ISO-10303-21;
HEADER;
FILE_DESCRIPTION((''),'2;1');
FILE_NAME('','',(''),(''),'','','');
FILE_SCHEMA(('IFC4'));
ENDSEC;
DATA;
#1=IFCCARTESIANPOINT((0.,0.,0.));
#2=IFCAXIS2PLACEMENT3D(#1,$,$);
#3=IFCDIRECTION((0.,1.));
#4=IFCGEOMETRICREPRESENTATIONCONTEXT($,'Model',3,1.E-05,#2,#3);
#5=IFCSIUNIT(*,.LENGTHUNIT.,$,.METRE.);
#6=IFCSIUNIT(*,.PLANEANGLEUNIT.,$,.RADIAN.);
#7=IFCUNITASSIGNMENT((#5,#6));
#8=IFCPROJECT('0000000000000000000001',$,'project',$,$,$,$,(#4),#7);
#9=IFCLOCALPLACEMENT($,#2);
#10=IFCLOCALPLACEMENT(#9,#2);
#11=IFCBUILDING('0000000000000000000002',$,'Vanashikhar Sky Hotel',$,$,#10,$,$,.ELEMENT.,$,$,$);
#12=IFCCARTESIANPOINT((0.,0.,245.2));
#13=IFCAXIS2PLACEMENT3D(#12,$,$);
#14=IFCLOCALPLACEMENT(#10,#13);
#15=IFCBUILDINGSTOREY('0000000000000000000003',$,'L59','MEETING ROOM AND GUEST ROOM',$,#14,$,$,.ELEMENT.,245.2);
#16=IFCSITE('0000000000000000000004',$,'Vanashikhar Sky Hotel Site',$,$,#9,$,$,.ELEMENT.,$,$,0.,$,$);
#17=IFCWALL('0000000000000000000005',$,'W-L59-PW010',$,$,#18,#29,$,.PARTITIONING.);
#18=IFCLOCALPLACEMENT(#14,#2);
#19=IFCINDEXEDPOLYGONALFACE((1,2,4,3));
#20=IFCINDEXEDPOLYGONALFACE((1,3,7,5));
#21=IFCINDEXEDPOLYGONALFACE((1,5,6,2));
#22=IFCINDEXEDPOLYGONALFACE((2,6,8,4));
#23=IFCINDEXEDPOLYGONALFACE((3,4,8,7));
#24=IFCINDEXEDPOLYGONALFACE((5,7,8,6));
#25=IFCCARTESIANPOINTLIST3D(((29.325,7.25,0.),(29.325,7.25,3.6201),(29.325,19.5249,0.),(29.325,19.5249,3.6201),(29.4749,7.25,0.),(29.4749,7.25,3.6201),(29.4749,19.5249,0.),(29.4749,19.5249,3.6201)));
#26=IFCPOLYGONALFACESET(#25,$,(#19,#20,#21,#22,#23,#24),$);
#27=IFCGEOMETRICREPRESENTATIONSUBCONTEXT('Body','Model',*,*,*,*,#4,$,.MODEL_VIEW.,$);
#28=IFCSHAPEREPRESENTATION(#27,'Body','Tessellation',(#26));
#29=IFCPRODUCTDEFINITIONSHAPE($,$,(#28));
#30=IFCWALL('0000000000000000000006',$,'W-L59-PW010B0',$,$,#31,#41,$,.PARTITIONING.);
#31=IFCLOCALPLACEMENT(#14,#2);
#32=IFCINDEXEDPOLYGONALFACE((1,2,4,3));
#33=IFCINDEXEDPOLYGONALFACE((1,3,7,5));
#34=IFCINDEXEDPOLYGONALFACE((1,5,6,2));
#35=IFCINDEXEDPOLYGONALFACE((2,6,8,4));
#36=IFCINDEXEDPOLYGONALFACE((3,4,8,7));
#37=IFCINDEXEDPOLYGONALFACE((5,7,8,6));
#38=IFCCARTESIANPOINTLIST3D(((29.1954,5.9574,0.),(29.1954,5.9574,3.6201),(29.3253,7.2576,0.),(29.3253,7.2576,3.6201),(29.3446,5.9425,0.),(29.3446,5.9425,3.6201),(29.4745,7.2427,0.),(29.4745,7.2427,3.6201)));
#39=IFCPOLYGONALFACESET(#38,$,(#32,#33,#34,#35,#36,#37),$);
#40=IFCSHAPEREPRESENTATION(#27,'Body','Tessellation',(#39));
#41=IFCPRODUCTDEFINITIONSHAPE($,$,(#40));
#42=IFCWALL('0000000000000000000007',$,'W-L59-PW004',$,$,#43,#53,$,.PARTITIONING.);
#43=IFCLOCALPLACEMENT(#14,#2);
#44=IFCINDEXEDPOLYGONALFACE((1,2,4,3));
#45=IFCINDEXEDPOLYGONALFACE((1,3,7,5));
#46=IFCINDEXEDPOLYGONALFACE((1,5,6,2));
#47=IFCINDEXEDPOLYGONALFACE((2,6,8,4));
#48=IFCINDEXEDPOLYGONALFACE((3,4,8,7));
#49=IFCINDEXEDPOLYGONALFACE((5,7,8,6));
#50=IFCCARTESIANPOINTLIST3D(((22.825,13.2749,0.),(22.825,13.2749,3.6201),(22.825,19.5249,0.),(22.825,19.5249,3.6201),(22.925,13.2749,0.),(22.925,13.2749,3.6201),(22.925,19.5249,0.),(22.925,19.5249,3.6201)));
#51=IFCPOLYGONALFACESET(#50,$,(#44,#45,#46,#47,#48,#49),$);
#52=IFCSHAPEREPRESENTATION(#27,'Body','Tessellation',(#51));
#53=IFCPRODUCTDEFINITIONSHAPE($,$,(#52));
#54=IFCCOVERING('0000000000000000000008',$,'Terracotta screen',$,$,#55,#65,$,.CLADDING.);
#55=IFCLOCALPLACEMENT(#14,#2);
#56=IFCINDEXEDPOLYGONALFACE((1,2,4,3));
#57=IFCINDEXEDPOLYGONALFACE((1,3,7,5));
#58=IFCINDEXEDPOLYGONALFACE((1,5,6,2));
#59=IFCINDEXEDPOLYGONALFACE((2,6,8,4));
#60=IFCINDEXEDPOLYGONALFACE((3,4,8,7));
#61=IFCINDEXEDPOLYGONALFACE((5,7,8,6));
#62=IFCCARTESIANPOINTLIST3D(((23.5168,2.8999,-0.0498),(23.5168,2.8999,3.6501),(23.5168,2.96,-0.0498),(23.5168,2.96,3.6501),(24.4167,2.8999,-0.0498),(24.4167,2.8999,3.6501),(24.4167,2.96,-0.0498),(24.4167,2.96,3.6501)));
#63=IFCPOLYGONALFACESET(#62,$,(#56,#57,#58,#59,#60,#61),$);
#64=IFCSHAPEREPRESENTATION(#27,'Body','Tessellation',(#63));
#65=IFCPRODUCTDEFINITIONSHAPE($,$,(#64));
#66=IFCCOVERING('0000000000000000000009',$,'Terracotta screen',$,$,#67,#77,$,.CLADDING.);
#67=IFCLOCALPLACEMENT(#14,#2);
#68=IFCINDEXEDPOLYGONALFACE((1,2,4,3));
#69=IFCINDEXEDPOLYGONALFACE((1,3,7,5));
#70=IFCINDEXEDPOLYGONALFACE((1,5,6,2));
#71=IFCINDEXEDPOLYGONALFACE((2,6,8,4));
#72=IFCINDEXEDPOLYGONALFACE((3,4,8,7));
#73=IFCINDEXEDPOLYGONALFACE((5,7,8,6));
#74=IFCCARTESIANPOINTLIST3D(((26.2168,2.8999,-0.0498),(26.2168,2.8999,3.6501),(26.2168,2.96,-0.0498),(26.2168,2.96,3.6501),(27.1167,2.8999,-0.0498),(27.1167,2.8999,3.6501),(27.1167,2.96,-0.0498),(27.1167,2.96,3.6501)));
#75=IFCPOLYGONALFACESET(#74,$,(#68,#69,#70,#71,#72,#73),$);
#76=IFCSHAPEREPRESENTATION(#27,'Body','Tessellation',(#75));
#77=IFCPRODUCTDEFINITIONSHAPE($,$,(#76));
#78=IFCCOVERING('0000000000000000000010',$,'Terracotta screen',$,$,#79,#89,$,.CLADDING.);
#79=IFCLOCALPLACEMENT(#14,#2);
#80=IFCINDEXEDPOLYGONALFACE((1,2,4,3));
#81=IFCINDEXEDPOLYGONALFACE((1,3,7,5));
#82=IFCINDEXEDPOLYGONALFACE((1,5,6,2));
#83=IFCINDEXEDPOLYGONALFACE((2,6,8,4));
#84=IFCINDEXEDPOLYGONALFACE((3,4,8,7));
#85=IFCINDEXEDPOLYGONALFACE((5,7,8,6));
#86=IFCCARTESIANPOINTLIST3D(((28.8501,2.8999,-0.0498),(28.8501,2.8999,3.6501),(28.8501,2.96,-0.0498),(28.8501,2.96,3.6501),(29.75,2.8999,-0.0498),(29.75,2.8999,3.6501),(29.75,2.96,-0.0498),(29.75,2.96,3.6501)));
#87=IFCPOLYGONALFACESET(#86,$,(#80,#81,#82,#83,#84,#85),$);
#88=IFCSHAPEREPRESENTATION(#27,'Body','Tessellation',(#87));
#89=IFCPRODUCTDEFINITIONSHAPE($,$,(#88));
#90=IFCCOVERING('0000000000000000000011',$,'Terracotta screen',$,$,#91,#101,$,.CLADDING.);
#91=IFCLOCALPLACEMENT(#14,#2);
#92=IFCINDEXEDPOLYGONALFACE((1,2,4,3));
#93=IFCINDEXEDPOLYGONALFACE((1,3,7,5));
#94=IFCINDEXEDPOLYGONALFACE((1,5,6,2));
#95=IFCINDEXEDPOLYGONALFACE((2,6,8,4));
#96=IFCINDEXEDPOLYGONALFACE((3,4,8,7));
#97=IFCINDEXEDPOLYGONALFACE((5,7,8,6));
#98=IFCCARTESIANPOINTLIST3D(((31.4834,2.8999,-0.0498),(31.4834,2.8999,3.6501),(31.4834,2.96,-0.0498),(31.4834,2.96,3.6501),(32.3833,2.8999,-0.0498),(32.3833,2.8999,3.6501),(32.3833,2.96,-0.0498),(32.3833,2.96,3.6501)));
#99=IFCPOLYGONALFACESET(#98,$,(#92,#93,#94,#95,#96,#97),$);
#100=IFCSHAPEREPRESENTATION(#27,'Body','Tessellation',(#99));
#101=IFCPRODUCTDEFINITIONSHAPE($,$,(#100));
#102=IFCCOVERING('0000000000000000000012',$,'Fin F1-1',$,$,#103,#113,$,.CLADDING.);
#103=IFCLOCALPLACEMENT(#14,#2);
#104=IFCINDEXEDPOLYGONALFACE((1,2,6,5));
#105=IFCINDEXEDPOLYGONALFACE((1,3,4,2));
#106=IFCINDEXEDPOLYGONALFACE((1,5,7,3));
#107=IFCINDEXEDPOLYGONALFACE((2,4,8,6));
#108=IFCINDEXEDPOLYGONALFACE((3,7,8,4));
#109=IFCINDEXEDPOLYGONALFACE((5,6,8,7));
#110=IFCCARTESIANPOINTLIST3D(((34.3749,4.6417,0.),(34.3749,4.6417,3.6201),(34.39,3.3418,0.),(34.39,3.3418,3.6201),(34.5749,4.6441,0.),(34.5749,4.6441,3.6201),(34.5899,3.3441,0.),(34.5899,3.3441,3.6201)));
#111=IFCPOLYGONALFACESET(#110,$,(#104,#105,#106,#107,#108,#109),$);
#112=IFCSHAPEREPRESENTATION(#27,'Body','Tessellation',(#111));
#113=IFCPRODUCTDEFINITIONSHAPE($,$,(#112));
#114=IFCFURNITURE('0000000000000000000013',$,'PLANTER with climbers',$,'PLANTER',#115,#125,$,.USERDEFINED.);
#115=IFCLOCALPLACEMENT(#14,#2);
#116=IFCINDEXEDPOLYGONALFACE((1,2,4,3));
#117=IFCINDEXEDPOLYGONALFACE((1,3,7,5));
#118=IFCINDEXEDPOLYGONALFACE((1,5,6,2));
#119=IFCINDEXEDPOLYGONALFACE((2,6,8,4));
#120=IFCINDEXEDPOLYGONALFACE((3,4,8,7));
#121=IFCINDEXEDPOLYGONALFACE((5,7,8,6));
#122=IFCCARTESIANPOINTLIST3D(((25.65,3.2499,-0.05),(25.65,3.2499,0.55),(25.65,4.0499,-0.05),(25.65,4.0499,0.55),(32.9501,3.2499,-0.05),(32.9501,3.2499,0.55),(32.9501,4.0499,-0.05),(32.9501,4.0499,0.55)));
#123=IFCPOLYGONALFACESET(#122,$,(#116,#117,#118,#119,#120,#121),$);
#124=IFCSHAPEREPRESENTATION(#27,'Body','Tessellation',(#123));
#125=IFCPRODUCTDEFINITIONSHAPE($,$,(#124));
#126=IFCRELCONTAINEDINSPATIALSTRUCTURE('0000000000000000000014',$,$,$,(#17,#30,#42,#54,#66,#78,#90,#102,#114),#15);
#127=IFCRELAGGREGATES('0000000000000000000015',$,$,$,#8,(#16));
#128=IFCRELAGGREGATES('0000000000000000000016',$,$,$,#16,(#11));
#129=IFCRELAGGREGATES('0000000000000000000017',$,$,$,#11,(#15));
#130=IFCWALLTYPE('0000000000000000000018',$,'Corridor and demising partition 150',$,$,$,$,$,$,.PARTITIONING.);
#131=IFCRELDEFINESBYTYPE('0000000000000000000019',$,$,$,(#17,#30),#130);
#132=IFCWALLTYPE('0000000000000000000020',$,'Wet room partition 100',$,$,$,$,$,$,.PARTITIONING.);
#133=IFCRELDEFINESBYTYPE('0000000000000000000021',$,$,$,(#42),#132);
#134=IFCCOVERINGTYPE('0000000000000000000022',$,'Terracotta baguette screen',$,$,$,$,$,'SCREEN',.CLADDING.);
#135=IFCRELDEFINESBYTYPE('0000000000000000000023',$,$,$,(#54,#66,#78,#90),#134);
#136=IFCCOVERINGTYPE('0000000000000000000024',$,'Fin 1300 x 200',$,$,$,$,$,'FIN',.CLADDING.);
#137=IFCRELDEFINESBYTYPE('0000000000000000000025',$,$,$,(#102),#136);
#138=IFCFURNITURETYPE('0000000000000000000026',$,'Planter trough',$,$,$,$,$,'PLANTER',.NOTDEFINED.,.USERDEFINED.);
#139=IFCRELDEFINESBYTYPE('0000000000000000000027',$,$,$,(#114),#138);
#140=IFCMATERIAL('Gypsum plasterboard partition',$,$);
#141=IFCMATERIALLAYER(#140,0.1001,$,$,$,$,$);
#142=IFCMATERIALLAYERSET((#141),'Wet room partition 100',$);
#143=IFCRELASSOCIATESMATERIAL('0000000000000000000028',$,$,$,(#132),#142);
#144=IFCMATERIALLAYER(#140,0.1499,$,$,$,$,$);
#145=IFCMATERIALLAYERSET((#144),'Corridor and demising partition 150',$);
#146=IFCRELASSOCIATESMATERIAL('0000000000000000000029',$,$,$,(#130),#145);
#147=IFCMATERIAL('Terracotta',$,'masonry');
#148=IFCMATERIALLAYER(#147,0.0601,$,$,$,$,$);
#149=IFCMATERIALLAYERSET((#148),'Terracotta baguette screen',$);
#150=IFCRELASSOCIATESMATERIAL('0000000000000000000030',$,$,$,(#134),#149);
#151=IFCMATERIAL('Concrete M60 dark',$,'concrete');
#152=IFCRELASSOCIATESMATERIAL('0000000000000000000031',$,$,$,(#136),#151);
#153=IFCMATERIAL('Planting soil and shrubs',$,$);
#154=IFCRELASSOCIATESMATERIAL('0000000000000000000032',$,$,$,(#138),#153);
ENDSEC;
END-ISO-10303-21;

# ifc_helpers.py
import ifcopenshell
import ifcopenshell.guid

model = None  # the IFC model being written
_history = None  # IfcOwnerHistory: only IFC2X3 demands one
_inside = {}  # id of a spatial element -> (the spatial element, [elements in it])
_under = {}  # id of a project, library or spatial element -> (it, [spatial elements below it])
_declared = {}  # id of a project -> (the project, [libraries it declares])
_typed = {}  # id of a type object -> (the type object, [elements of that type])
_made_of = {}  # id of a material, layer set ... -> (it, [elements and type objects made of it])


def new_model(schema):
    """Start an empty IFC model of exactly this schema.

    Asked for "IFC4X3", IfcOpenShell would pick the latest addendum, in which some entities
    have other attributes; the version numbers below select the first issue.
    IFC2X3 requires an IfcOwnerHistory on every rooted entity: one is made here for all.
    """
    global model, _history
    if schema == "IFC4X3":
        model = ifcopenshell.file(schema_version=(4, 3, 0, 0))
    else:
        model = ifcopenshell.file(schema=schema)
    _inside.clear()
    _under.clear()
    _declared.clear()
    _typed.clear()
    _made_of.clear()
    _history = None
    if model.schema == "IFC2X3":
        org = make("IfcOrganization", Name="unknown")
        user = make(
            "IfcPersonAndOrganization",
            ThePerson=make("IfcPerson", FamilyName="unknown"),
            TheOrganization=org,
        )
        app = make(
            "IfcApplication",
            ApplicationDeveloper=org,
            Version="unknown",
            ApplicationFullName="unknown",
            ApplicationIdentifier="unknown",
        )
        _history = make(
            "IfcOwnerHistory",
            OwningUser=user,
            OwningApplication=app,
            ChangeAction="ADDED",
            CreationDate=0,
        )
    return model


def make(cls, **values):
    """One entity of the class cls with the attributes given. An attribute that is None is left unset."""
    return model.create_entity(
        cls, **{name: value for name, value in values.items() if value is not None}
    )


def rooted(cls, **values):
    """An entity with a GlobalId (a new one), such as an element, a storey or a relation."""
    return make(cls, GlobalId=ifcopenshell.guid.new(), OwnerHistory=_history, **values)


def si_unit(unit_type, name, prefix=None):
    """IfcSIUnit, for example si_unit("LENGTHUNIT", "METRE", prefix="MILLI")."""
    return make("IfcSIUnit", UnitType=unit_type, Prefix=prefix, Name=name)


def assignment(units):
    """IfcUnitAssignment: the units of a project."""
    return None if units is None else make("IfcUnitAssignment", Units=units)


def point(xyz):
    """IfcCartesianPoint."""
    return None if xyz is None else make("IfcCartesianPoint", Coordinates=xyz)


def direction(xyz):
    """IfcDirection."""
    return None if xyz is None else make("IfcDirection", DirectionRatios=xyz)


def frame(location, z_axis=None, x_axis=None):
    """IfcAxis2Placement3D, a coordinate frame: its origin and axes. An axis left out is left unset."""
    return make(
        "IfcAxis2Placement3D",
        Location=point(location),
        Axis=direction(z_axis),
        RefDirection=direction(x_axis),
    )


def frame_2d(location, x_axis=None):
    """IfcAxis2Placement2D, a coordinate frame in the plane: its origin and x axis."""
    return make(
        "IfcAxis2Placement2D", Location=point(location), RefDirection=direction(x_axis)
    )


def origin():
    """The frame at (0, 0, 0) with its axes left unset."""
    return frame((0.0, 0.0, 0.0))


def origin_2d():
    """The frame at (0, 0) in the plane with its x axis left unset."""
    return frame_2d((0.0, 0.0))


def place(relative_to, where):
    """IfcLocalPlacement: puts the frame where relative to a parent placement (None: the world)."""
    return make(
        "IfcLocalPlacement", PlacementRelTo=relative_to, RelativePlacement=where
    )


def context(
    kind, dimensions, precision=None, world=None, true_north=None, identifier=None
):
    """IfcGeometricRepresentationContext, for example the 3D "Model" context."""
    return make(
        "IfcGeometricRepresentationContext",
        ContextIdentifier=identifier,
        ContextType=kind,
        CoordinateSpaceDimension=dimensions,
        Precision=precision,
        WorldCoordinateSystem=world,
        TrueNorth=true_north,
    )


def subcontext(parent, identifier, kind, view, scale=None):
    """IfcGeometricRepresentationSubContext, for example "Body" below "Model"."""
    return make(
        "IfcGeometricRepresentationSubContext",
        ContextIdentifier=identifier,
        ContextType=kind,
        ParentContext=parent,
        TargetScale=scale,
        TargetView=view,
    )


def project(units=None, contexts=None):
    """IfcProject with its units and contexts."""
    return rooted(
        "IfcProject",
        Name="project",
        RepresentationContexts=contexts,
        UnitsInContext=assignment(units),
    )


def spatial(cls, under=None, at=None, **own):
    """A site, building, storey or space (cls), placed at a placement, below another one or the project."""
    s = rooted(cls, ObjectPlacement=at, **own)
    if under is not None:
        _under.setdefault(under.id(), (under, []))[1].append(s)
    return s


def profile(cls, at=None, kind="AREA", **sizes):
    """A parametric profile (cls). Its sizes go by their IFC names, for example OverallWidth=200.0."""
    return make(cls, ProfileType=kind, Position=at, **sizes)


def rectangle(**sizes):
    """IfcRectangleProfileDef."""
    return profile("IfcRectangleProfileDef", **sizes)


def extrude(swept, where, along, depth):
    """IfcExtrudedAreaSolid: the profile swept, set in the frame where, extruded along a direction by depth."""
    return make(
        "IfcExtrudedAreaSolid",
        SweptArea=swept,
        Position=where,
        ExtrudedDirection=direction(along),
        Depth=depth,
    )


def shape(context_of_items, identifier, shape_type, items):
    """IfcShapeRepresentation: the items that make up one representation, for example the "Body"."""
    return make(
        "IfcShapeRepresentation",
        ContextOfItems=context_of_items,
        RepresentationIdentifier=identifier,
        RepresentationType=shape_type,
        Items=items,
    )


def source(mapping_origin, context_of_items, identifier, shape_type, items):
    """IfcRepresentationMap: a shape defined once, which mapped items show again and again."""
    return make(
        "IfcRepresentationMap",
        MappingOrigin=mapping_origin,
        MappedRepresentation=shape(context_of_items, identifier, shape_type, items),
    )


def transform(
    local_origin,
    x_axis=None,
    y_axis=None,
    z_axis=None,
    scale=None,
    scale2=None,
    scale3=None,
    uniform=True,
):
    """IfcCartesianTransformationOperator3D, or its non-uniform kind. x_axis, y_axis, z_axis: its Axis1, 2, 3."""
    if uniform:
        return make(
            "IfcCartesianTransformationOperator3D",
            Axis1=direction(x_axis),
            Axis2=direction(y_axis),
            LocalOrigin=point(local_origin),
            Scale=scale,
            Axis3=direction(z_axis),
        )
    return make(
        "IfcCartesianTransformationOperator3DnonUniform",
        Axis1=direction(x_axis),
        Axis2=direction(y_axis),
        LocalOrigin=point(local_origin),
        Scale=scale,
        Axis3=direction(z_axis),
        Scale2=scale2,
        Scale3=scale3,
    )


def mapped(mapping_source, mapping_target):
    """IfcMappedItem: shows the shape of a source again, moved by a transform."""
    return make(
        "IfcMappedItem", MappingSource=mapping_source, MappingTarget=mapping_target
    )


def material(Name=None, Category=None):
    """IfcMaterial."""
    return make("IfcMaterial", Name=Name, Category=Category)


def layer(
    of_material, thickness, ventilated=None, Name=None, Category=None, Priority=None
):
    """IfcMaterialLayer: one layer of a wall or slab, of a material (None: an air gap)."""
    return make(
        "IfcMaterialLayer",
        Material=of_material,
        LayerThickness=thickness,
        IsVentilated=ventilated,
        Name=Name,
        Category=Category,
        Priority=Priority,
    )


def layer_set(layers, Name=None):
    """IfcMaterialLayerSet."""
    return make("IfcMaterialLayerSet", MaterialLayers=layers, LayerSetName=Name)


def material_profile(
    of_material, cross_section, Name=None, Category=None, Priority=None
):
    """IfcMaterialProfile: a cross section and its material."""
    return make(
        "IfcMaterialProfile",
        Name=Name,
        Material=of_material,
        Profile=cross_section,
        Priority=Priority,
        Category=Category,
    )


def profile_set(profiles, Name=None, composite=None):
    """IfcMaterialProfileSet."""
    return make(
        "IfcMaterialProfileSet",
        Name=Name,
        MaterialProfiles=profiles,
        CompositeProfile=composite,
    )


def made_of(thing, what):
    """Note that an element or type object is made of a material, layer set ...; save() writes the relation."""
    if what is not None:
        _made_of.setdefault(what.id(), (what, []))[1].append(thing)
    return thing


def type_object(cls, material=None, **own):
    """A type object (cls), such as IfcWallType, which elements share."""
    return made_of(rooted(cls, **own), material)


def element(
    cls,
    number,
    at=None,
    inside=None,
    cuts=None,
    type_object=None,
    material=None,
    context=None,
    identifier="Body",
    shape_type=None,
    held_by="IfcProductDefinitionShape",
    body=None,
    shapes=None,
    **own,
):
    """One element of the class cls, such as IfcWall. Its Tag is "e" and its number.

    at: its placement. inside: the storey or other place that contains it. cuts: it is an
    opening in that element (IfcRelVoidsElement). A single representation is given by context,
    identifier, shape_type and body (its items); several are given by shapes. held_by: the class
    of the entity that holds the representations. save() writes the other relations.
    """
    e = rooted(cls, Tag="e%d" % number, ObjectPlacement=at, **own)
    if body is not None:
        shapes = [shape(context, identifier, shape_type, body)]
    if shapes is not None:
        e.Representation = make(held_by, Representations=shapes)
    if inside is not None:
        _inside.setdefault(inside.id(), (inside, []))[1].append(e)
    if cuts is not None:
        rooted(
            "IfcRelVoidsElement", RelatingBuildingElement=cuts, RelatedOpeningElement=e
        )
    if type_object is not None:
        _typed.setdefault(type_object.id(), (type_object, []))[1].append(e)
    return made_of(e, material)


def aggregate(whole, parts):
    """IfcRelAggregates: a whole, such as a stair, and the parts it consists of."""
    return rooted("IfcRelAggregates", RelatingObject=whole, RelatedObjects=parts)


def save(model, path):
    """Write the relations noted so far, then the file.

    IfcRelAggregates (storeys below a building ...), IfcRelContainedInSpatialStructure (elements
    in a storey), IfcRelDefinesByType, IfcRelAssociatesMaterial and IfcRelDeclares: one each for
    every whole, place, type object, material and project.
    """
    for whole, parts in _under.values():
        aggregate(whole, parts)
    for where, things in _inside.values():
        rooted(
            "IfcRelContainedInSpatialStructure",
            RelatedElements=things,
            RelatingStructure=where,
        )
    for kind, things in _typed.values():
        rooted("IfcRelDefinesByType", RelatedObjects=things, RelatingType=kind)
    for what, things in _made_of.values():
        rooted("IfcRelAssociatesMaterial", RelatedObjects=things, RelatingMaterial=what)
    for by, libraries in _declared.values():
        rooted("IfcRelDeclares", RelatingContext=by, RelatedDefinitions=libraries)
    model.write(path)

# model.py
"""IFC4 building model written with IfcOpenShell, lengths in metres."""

from ifc_helpers import new_model, si_unit, direction, frame, frame_2d, origin, origin_2d, place, context, subcontext, project, spatial, rectangle, extrude, source, transform, mapped, material, layer, layer_set, material_profile, profile_set, type_object, element, save


model = new_model("IFC4")

# Units and contexts
model_context = context("Model", 3, precision=1e-05, world=origin(), true_north=direction((0.0, 1.0)))
body_context = subcontext(model_context, "Body", "Model", "MODEL_VIEW")
ifc_project = project(units=[si_unit("LENGTHUNIT", "METRE"), si_unit("PLANEANGLEUNIT", "RADIAN")], contexts=[model_context])

# Site, building, storey
site_placement = place(None, origin())
site = spatial("IfcSite", under=ifc_project, at=site_placement, Name="Vanashikhar Sky Hotel Site", CompositionType="ELEMENT", RefElevation=0.0)
building_placement = place(site_placement, origin())
building = spatial("IfcBuilding", under=site, at=building_placement, Name="Vanashikhar Sky Hotel", CompositionType="ELEMENT")
storey_placement = place(building_placement, frame((0.0, 0.0, 245.2)))
storey = spatial("IfcBuildingStorey", under=building, at=storey_placement, Name="L59", Description="MEETING ROOM AND GUEST ROOM", CompositionType="ELEMENT", Elevation=245.2)

# Shared definitions
ifc_material_1 = material(Name="Gypsum plasterboard partition")
ifc_layer_1 = layer(ifc_material_1, 0.1001)
ifc_layer_set_1 = layer_set([ifc_layer_1], Name="Wet room partition 100")
wall_type_1 = type_object("IfcWallType", Name="Wet room partition 100", PredefinedType="PARTITIONING", material=ifc_layer_set_1)

# Walls
ifc_layer_2 = layer(ifc_material_1, 0.1499)
ifc_layer_set_2 = layer_set([ifc_layer_2], Name="Corridor and demising partition 150")
wall_type_2 = type_object("IfcWallType", Name="Corridor and demising partition 150", PredefinedType="PARTITIONING", material=ifc_layer_set_2)
shared_shape_1 = source(origin(), body_context, "Body", "SweptSolid", [
    extrude(rectangle(XDim=12.2749, YDim=0.1499, at=frame_2d((6.1375, 0.0))), origin(), (0.0, 0.0, 1.0), 3.6201),
])
wall_1_placement = place(storey_placement, frame((29.3999, 7.25, 0.0), z_axis=(0.0, 0.0, 1.0), x_axis=(0.0, 1.0, 0.0)))
element("IfcWall", 1, at=wall_1_placement, inside=storey, type_object=wall_type_2, Name="W-L59-PW010", PredefinedType="PARTITIONING", context=body_context, shape_type="MappedRepresentation", body=[
    mapped(shared_shape_1, transform((0.0, 0.0, 0.0), scale=1.0)),
])
shared_shape_2 = source(origin(), body_context, "Body", "SweptSolid", [
    extrude(rectangle(XDim=1.3066, YDim=0.1499, at=frame_2d((0.6533, 0.0))), origin(), (0.0, 0.0, 1.0), 3.6201),
])
wall_2_placement = place(storey_placement, frame((29.27, 5.95, 0.0), z_axis=(0.0, 0.0, 1.0), x_axis=(0.099411, 0.995046, 0.0)))
element("IfcWall", 2, at=wall_2_placement, inside=storey, type_object=wall_type_2, Name="W-L59-PW010B0", PredefinedType="PARTITIONING", context=body_context, shape_type="MappedRepresentation", body=[
    mapped(shared_shape_2, transform((0.0, 0.0, 0.0), scale=1.0)),
])
shared_shape_3 = source(origin(), body_context, "Body", "SweptSolid", [
    extrude(rectangle(XDim=6.25, YDim=0.1001, at=frame_2d((3.125, 0.0))), origin(), (0.0, 0.0, 1.0), 3.6201),
])
wall_3_placement = place(storey_placement, frame((22.875, 13.2749, 0.0), z_axis=(0.0, 0.0, 1.0), x_axis=(0.0, 1.0, 0.0)))
element("IfcWall", 3, at=wall_3_placement, inside=storey, type_object=wall_type_1, Name="W-L59-PW004", PredefinedType="PARTITIONING", context=body_context, shape_type="MappedRepresentation", body=[
    mapped(shared_shape_3, transform((0.0, 0.0, 0.0), scale=1.0)),
])

# Coverings
ifc_material_2 = material(Name="Terracotta", Category="masonry")
ifc_layer_3 = layer(ifc_material_2, 0.0601)
ifc_layer_set_3 = layer_set([ifc_layer_3], Name="Terracotta baguette screen")
covering_type_1 = type_object("IfcCoveringType", Name="Terracotta baguette screen", ElementType="SCREEN", PredefinedType="CLADDING", material=ifc_layer_set_3)
shared_shape_4 = source(origin(), body_context, "Body", "SweptSolid", [
    extrude(rectangle(XDim=0.8999, YDim=0.0601, at=origin_2d()), origin(), (0.0, 0.0, 1.0), 3.7),
])
for number, where, z_axis, x_axis, name in (
    (4, (23.9668, 2.9299, -0.0498), (0.0, 0.0, 1.0), (1.0, 0.0, 0.0), "Terracotta screen"),
    (5, (26.6667, 2.9299, -0.0498), (0.0, 0.0, 1.0), (1.0, 0.0, 0.0), "Terracotta screen"),
    (6, (29.3, 2.9299, -0.0498), (0.0, 0.0, 1.0), (1.0, 0.0, 0.0), "Terracotta screen"),
    (7, (31.9333, 2.9299, -0.0498), (0.0, 0.0, 1.0), (1.0, 0.0, 0.0), "Terracotta screen"),
):
    element("IfcCovering", number, at=place(storey_placement, frame(where, z_axis=z_axis, x_axis=x_axis)), inside=storey, type_object=covering_type_1, Name=name, PredefinedType="CLADDING", context=body_context, shape_type="MappedRepresentation", body=[
        mapped(shared_shape_4, transform((0.0, 0.0, 0.0), scale=1.0)),
    ])
ifc_material_3 = material(Name="Concrete M60 dark", Category="concrete")
ifc_material_profile_1 = material_profile(ifc_material_3, rectangle(XDim=1.3, YDim=0.2, at=origin_2d()))
ifc_profile_set_1 = profile_set([ifc_material_profile_1], Name="Fin 1300 x 200")
covering_type_2 = type_object("IfcCoveringType", Name="Fin 1300 x 200", ElementType="FIN", PredefinedType="CLADDING", material=ifc_profile_set_1)
shared_shape_5 = source(origin(), body_context, "Body", "SweptSolid", [
    extrude(rectangle(XDim=1.3, YDim=0.2, at=origin_2d()), origin(), (0.0, 0.0, 1.0), 3.6201),
])
covering_placement = place(storey_placement, frame((34.4824, 3.9929, 0.0), z_axis=(0.0, 0.0, 1.0), x_axis=(0.011589, -0.999933, 0.0)))
element("IfcCovering", 8, at=covering_placement, inside=storey, type_object=covering_type_2, Name="Fin F1-1", PredefinedType="CLADDING", context=body_context, shape_type="MappedRepresentation", body=[
    mapped(shared_shape_5, transform((0.0, 0.0, 0.0), scale=1.0)),
])

# Furniture
ifc_material_4 = material(Name="Planting soil and shrubs")
furniture_type = type_object("IfcFurnitureType", Name="Planter trough", ElementType="PLANTER", AssemblyPlace="NOTDEFINED", PredefinedType="USERDEFINED", material=ifc_material_4)
shared_shape_6 = source(origin(), body_context, "Body", "SweptSolid", [
    extrude(rectangle(XDim=7.3, YDim=0.8, at=origin_2d()), origin(), (0.0, 0.0, 1.0), 0.6001),
])
furniture_placement = place(storey_placement, frame((29.3, 3.6499, -0.05), z_axis=(0.0, 0.0, 1.0), x_axis=(1.0, 0.0, 0.0)))
element("IfcFurniture", 9, at=furniture_placement, inside=storey, type_object=furniture_type, Name="PLANTER with climbers", ObjectType="PLANTER", PredefinedType="USERDEFINED", context=body_context, shape_type="MappedRepresentation", body=[
    mapped(shared_shape_6, transform((0.0, 0.0, 0.0), scale=1.0)),
])

save(model, "model.ifc")
